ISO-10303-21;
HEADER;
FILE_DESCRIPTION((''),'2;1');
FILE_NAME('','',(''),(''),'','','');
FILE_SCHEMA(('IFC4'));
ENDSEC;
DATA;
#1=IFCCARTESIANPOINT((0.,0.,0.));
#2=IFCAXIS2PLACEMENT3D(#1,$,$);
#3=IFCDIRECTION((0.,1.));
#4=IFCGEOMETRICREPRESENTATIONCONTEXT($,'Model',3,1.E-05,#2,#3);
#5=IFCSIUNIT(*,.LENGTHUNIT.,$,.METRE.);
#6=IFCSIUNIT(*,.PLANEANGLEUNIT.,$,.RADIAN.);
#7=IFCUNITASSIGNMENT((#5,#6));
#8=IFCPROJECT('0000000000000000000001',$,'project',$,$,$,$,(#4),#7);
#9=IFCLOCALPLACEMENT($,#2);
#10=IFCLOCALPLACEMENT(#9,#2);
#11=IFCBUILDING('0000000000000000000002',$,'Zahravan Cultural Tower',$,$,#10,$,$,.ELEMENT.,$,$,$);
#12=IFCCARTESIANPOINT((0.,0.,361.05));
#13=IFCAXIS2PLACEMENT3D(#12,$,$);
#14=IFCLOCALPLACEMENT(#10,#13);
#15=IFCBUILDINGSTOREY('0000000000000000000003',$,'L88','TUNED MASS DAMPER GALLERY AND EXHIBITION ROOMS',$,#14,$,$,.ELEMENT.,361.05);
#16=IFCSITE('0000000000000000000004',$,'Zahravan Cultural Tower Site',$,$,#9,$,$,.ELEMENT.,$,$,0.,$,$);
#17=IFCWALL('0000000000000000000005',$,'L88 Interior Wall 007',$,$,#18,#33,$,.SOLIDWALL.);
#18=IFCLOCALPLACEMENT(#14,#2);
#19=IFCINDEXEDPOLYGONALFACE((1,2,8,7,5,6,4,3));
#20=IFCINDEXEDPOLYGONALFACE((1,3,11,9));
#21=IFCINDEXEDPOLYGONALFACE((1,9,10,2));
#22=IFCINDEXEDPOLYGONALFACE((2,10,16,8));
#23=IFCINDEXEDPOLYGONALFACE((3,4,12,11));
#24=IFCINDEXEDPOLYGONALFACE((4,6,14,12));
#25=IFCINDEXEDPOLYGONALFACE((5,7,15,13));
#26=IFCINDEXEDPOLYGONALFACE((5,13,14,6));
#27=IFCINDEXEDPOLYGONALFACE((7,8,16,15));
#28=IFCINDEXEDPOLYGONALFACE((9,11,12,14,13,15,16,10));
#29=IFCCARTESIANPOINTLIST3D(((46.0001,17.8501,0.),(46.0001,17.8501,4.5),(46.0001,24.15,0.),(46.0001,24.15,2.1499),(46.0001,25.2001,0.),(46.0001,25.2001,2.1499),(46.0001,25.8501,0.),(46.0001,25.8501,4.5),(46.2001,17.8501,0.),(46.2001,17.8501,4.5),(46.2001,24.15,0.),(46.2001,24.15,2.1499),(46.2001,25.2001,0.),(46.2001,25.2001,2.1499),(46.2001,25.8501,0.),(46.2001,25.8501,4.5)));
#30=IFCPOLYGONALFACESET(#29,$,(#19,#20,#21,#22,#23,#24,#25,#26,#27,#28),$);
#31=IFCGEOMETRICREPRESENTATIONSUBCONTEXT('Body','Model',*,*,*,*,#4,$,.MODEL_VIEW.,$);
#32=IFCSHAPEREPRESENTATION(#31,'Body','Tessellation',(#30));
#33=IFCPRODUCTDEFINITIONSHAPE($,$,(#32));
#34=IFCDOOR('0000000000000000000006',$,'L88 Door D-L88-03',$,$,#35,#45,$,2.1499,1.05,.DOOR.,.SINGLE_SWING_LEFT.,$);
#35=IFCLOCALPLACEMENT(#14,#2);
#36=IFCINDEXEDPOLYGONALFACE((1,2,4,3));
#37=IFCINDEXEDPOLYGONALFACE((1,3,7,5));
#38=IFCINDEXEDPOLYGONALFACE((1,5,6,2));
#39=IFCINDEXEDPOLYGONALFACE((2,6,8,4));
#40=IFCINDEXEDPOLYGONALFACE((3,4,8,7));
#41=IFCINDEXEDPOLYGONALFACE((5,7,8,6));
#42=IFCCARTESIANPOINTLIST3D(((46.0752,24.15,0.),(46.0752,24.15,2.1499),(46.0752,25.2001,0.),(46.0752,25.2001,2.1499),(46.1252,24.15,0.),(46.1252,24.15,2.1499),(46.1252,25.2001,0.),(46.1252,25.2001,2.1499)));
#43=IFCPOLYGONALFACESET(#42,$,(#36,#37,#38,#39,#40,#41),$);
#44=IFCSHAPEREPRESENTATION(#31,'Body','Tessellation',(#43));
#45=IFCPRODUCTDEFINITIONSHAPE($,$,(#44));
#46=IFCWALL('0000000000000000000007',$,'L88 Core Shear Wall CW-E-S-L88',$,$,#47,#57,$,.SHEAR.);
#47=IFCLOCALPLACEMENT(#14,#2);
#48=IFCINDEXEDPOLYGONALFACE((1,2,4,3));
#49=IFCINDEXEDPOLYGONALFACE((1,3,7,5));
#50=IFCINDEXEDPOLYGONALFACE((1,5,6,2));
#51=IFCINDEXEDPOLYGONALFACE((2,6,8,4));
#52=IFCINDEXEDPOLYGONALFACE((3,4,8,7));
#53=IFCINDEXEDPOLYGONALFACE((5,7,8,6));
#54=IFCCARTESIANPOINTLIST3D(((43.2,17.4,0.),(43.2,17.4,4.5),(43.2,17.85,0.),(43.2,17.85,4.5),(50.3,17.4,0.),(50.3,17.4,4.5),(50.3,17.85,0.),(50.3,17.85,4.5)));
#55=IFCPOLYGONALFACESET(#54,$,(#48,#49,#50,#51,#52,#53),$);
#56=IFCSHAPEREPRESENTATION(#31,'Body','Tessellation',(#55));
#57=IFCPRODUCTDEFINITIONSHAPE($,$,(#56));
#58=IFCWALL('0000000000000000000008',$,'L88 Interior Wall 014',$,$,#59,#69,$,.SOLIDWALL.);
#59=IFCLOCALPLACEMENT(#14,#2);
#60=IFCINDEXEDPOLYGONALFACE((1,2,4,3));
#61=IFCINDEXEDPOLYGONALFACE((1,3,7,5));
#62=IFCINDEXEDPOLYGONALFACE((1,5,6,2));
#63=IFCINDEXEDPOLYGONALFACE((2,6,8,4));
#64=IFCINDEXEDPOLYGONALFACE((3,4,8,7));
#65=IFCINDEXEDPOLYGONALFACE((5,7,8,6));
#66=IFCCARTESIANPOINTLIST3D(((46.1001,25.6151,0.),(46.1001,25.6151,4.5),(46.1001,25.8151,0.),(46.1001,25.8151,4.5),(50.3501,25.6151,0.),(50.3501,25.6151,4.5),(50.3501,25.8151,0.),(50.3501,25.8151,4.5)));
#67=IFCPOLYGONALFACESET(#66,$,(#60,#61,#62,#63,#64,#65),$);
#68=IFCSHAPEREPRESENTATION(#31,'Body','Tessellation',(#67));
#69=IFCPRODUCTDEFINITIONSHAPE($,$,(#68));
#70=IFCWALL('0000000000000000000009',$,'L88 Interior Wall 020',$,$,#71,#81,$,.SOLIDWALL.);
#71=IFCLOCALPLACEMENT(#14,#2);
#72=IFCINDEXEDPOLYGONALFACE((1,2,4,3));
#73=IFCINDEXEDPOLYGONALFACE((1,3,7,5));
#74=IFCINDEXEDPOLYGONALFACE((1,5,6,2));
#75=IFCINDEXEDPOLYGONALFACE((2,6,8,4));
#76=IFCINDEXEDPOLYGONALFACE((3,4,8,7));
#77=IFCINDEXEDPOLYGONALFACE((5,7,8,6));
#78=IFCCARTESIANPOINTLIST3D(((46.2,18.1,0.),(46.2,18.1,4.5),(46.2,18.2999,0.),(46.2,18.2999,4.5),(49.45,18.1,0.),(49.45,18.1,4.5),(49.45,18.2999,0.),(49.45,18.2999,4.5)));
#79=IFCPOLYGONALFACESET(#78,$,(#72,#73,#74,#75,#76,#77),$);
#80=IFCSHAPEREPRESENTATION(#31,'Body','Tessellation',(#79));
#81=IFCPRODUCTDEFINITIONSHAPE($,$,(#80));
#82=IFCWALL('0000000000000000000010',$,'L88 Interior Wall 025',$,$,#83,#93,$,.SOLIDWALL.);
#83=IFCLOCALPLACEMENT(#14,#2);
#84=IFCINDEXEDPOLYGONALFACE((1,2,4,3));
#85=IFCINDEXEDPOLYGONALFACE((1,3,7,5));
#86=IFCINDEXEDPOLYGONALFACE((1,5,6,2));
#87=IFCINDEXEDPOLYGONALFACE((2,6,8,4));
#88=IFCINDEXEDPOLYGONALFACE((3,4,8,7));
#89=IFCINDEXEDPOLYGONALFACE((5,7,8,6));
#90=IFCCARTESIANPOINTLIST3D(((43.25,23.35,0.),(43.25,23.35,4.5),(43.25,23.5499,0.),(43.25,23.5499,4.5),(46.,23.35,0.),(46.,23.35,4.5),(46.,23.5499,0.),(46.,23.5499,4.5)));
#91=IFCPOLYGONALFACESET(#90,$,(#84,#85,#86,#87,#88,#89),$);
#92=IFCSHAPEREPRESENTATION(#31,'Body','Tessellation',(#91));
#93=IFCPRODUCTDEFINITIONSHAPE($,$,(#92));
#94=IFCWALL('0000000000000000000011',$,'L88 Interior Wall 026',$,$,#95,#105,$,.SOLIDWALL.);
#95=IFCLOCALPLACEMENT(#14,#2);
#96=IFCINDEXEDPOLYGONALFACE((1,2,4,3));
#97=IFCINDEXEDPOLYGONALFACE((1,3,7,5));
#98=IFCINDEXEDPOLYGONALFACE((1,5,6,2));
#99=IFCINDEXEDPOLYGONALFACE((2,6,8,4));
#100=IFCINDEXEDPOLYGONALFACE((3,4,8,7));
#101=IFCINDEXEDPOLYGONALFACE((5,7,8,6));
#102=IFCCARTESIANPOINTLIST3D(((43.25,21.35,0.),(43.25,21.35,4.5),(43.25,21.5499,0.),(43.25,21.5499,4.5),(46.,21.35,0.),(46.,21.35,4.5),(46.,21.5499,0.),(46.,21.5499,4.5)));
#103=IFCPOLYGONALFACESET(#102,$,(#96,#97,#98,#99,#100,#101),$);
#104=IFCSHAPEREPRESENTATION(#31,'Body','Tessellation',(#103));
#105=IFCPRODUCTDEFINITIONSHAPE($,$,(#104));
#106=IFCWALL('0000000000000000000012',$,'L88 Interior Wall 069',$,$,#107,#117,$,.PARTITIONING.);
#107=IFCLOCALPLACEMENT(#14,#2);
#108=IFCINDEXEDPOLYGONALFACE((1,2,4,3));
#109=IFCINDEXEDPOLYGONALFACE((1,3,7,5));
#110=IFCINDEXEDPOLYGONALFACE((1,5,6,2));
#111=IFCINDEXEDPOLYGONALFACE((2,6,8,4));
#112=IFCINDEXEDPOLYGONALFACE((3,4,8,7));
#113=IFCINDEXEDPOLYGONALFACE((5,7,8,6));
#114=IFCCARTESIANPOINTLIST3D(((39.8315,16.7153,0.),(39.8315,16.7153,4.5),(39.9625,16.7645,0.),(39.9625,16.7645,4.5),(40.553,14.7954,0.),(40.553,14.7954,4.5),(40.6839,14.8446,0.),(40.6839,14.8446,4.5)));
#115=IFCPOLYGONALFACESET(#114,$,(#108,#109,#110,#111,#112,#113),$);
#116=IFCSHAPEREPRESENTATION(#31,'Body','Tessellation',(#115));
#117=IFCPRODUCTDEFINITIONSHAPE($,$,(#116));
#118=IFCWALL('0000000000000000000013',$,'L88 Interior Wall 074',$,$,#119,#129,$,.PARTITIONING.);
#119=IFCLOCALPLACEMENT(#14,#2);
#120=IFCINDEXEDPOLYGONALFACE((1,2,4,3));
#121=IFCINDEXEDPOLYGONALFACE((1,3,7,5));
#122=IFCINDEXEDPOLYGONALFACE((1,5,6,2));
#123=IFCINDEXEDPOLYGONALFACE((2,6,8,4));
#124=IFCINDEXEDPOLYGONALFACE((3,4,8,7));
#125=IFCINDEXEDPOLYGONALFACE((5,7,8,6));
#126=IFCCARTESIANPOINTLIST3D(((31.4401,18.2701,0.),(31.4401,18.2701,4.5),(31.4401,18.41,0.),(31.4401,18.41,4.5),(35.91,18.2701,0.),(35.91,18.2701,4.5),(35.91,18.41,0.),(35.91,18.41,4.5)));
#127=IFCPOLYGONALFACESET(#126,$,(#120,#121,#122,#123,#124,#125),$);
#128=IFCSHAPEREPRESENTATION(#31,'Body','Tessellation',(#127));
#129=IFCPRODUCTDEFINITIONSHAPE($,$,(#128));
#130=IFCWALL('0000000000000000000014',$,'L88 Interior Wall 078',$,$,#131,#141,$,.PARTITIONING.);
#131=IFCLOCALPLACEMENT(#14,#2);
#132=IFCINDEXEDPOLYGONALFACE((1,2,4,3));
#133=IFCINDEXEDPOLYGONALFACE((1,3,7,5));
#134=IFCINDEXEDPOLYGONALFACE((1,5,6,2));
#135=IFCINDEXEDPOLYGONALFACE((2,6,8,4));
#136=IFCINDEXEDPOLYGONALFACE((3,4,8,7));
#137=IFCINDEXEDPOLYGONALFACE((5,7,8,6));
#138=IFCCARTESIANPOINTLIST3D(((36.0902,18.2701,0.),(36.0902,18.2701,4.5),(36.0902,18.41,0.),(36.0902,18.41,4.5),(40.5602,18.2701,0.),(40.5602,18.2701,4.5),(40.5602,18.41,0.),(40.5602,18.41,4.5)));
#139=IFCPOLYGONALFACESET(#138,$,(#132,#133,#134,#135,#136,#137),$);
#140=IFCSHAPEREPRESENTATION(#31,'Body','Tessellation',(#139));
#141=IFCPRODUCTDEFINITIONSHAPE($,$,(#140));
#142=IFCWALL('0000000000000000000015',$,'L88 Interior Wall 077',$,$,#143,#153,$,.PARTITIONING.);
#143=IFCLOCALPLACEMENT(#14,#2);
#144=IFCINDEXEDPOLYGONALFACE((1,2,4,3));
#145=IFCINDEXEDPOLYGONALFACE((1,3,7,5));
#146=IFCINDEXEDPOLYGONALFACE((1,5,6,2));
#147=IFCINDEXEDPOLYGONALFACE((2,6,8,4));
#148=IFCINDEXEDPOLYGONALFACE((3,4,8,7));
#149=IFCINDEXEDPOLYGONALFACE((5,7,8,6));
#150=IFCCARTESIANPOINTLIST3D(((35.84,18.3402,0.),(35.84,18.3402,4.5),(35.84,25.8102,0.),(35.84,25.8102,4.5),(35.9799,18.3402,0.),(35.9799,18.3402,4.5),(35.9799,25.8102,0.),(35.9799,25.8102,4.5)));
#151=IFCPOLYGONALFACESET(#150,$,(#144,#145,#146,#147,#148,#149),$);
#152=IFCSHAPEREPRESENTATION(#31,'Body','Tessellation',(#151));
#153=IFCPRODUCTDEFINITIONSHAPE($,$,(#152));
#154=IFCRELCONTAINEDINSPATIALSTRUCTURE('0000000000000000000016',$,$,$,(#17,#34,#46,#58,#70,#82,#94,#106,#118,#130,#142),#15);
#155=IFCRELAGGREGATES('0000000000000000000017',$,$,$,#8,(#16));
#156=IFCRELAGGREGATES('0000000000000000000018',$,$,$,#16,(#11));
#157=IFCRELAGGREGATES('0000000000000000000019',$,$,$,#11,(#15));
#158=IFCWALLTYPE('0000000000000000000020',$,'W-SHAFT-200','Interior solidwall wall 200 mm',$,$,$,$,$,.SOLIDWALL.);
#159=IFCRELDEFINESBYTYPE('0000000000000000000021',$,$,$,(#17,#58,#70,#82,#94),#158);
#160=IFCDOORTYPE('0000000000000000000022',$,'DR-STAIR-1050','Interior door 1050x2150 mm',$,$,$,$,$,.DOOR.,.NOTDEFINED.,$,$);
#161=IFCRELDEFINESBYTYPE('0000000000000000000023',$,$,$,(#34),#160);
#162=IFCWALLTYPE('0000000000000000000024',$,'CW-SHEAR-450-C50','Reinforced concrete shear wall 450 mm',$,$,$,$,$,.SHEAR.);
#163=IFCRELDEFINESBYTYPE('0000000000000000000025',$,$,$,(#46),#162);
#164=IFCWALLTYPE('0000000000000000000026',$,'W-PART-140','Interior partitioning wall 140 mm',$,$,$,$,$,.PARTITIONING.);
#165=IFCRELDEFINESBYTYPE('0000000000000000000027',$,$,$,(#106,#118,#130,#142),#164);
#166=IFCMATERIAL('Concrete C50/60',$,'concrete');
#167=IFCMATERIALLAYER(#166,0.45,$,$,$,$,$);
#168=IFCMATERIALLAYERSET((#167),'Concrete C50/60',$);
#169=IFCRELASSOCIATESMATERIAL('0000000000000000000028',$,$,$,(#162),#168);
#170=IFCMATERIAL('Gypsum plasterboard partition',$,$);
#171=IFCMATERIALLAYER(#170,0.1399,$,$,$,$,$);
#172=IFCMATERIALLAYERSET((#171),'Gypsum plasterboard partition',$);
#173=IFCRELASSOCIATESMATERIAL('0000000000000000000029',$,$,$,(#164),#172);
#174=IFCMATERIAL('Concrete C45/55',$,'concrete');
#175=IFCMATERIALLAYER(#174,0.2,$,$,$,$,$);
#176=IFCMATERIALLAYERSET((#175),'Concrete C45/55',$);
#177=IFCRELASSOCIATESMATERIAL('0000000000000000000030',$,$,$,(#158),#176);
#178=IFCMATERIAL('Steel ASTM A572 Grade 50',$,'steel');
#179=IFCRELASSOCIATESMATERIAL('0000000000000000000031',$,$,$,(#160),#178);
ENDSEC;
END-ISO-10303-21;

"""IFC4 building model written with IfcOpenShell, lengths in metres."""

from ifc_helpers import new_model, si_unit, direction, frame, frame_2d, origin, place, context, subcontext, project, spatial, rectangle, extrude, source, transform, mapped, material, layer, layer_set, type_object, element, fill, save


model = new_model("IFC4")

# Units and contexts
model_context = context("Model", 3, precision=1e-05, world=origin(), true_north=direction((0.0, 1.0)))
body_context = subcontext(model_context, "Body", "Model", "MODEL_VIEW")
ifc_project = project(units=[si_unit("LENGTHUNIT", "METRE"), si_unit("PLANEANGLEUNIT", "RADIAN")], contexts=[model_context])

# Site, building, storey
site_placement = place(None, origin())
site = spatial("IfcSite", under=ifc_project, at=site_placement, Name="Zahravan Cultural Tower Site", CompositionType="ELEMENT", RefElevation=0.0)
building_placement = place(site_placement, origin())
building = spatial("IfcBuilding", under=site, at=building_placement, Name="Zahravan Cultural Tower", CompositionType="ELEMENT")
storey_placement = place(building_placement, frame((0.0, 0.0, 361.05)))
storey = spatial("IfcBuildingStorey", under=building, at=storey_placement, Name="L88", Description="TUNED MASS DAMPER GALLERY AND EXHIBITION ROOMS", CompositionType="ELEMENT", Elevation=361.05)

# Shared definitions
ifc_material_1 = material(Name="Concrete C50/60", Category="concrete")

# Shared definitions
ifc_layer_1 = layer(ifc_material_1, 0.45)
ifc_layer_set_1 = layer_set([ifc_layer_1], Name="Concrete C50/60")
wall_type_1 = type_object("IfcWallType", Name="CW-SHEAR-450-C50", Description="Reinforced concrete shear wall 450 mm", PredefinedType="SHEAR", material=ifc_layer_set_1)
ifc_material_2 = material(Name="Steel ASTM A572 Grade 50", Category="steel")

# Wall, opening, door
ifc_material_3 = material(Name="Gypsum plasterboard partition")
ifc_layer_2 = layer(ifc_material_3, 0.1399)
ifc_layer_set_2 = layer_set([ifc_layer_2], Name="Gypsum plasterboard partition")
wall_type_2 = type_object("IfcWallType", Name="W-PART-140", Description="Interior partitioning wall 140 mm", PredefinedType="PARTITIONING", material=ifc_layer_set_2)
ifc_material_4 = material(Name="Concrete C45/55", Category="concrete")
ifc_layer_3 = layer(ifc_material_4, 0.2)
ifc_layer_set_3 = layer_set([ifc_layer_3], Name="Concrete C45/55")
wall_type_3 = type_object("IfcWallType", Name="W-SHAFT-200", Description="Interior solidwall wall 200 mm", PredefinedType="SOLIDWALL", material=ifc_layer_set_3)
wall_1_placement = place(storey_placement, frame((46.1001, 17.8501, 0.0), z_axis=(0.0, 0.0, 1.0), x_axis=(0.0, 1.0, 0.0)))
wall_1 = element("IfcWall", 1, at=wall_1_placement, inside=storey, type_object=wall_type_3, Name="L88 Interior Wall 007", PredefinedType="SOLIDWALL", context=body_context, shape_type="SweptSolid", body=[
    extrude(rectangle(XDim=8.0, YDim=0.2, at=frame_2d((4.0, 0.0))), origin(), (0.0, 0.0, 1.0), 4.5),
])
opening_1_placement = place(wall_1_placement, frame((6.3, 0.0, 0.0)))
opening_1 = element("IfcOpeningElement", 2, at=opening_1_placement, cuts=wall_1, PredefinedType="OPENING", context=body_context, shape_type="SweptSolid", body=[
    extrude(rectangle(XDim=1.05, YDim=2.1499, at=frame_2d((0.5249, 1.075))), frame((0.0, 0.1099, 0.0), z_axis=(0.0, -1.0, 0.0), x_axis=(1.0, 0.0, 0.0)), (0.0, 0.0, 1.0), 0.22),
])
door_type_1 = type_object("IfcDoorType", Name="DR-STAIR-1050", Description="Interior door 1050x2150 mm", OperationType="NOTDEFINED", PredefinedType="DOOR", material=ifc_material_2)
shared_shape_1 = source(origin(), body_context, "Body", "SweptSolid", [
    extrude(rectangle(XDim=1.05, YDim=2.1499, at=frame_2d((0.5249, 1.075))), frame((0.0, 0.0249, 0.0), z_axis=(0.0, -1.0, 0.0), x_axis=(1.0, 0.0, 0.0)), (0.0, 0.0, 1.0), 0.05),
])
door_1_placement = place(opening_1_placement, origin())
door_1 = element("IfcDoor", 3, at=door_1_placement, inside=storey, type_object=door_type_1, Name="L88 Door D-L88-03", OperationType="SINGLE_SWING_LEFT", OverallHeight=2.1499, OverallWidth=1.05, PredefinedType="DOOR", context=body_context, shape_type="MappedRepresentation", body=[
    mapped(shared_shape_1, transform((0.0, 0.0, 0.0), x_axis=(1.0, 0.0, 0.0), y_axis=(0.0, 1.0, 0.0), z_axis=(0.0, 0.0, 1.0), scale=1.0)),
])
fill(opening_1, door_1)

# Walls
shared_shape_2 = source(origin(), body_context, "Body", "SweptSolid", [
    extrude(rectangle(XDim=7.1001, YDim=0.45, at=frame_2d((3.55, 0.0))), origin(), (0.0, 0.0, 1.0), 4.5),
])
wall_2_placement = place(storey_placement, frame((43.2, 17.625, 0.0), z_axis=(0.0, 0.0, 1.0), x_axis=(1.0, 0.0, 0.0)))
element("IfcWall", 4, at=wall_2_placement, inside=storey, type_object=wall_type_1, Name="L88 Core Shear Wall CW-E-S-L88", PredefinedType="SHEAR", context=body_context, shape_type="MappedRepresentation", body=[
    mapped(shared_shape_2, transform((0.0, 0.0, 0.0), x_axis=(1.0, 0.0, 0.0), y_axis=(0.0, 1.0, 0.0), z_axis=(0.0, 0.0, 1.0), scale=1.0)),
])
shared_shape_3 = source(origin(), body_context, "Body", "SweptSolid", [
    extrude(rectangle(XDim=4.25, YDim=0.2, at=frame_2d((2.125, 0.0))), origin(), (0.0, 0.0, 1.0), 4.5),
])
wall_3_placement = place(storey_placement, frame((46.1001, 25.7151, 0.0), z_axis=(0.0, 0.0, 1.0), x_axis=(1.0, 0.0, 0.0)))
element("IfcWall", 5, at=wall_3_placement, inside=storey, type_object=wall_type_3, Name="L88 Interior Wall 014", PredefinedType="SOLIDWALL", context=body_context, shape_type="MappedRepresentation", body=[
    mapped(shared_shape_3, transform((0.0, 0.0, 0.0), x_axis=(1.0, 0.0, 0.0), y_axis=(0.0, 1.0, 0.0), z_axis=(0.0, 0.0, 1.0), scale=1.0)),
])
shared_shape_4 = source(origin(), body_context, "Body", "SweptSolid", [
    extrude(rectangle(XDim=3.25, YDim=0.2, at=frame_2d((1.625, 0.0))), origin(), (0.0, 0.0, 1.0), 4.5),
])
wall_4_placement = place(storey_placement, frame((46.2, 18.2, 0.0), z_axis=(0.0, 0.0, 1.0), x_axis=(1.0, 0.0, 0.0)))
element("IfcWall", 6, at=wall_4_placement, inside=storey, type_object=wall_type_3, Name="L88 Interior Wall 020", PredefinedType="SOLIDWALL", context=body_context, shape_type="MappedRepresentation", body=[
    mapped(shared_shape_4, transform((0.0, 0.0, 0.0), x_axis=(1.0, 0.0, 0.0), y_axis=(0.0, 1.0, 0.0), z_axis=(0.0, 0.0, 1.0), scale=1.0)),
])
shared_shape_5 = source(origin(), body_context, "Body", "SweptSolid", [
    extrude(rectangle(XDim=2.75, YDim=0.2, at=frame_2d((1.375, 0.0))), origin(), (0.0, 0.0, 1.0), 4.5),
])
for number, where, z_axis, x_axis, name in (
    (7, (43.25, 23.45, 0.0), (0.0, 0.0, 1.0), (1.0, 0.0, 0.0), "L88 Interior Wall 025"),
    (8, (43.25, 21.45, 0.0), (0.0, 0.0, 1.0), (1.0, 0.0, 0.0), "L88 Interior Wall 026"),
):
    element("IfcWall", number, at=place(storey_placement, frame(where, z_axis=z_axis, x_axis=x_axis)), inside=storey, type_object=wall_type_3, Name=name, PredefinedType="SOLIDWALL", context=body_context, shape_type="MappedRepresentation", body=[
        mapped(shared_shape_5, transform((0.0, 0.0, 0.0), x_axis=(1.0, 0.0, 0.0), y_axis=(0.0, 1.0, 0.0), z_axis=(0.0, 0.0, 1.0), scale=1.0)),
    ])
shared_shape_6 = source(origin(), body_context, "Body", "SweptSolid", [
    extrude(rectangle(XDim=2.051, YDim=0.1399, at=frame_2d((1.0254, 0.0))), origin(), (0.0, 0.0, 1.0), 4.5),
])
wall_5_placement = place(storey_placement, frame((40.6184, 14.8201, 0.0), z_axis=(0.0, 0.0, 1.0), x_axis=(-0.35175, 0.936094, 0.0)))
element("IfcWall", 9, at=wall_5_placement, inside=storey, type_object=wall_type_2, Name="L88 Interior Wall 069", PredefinedType="PARTITIONING", context=body_context, shape_type="MappedRepresentation", body=[
    mapped(shared_shape_6, transform((0.0, 0.0, 0.0), x_axis=(1.0, 0.0, 0.0), y_axis=(0.0, 1.0, 0.0), z_axis=(0.0, 0.0, 1.0), scale=1.0)),
])
shared_shape_7 = source(origin(), body_context, "Body", "SweptSolid", [
    extrude(rectangle(XDim=4.47, YDim=0.1399, at=frame_2d((2.2349, 0.0))), origin(), (0.0, 0.0, 1.0), 4.5),
])
for number, where, z_axis, x_axis, name in (
    (10, (35.9099, 18.3401, 0.0), (0.0, 0.0, 1.0), (-1.0, 0.0, 0.0), "L88 Interior Wall 074"),
    (11, (40.5601, 18.3401, 0.0), (0.0, 0.0, 1.0), (-1.0, 0.0, 0.0), "L88 Interior Wall 078"),
):
    element("IfcWall", number, at=place(storey_placement, frame(where, z_axis=z_axis, x_axis=x_axis)), inside=storey, type_object=wall_type_2, Name=name, PredefinedType="PARTITIONING", context=body_context, shape_type="MappedRepresentation", body=[
        mapped(shared_shape_7, transform((0.0, 0.0, 0.0), x_axis=(1.0, 0.0, 0.0), y_axis=(0.0, 1.0, 0.0), z_axis=(0.0, 0.0, 1.0), scale=1.0)),
    ])
shared_shape_8 = source(origin(), body_context, "Body", "SweptSolid", [
    extrude(rectangle(XDim=7.47, YDim=0.1399, at=frame_2d((3.7349, 0.0))), origin(), (0.0, 0.0, 1.0), 4.5),
])
wall_6_placement = place(storey_placement, frame((35.9099, 25.8101, 0.0), z_axis=(0.0, 0.0, 1.0), x_axis=(0.0, -1.0, 0.0)))
element("IfcWall", 12, at=wall_6_placement, inside=storey, type_object=wall_type_2, Name="L88 Interior Wall 077", PredefinedType="PARTITIONING", context=body_context, shape_type="MappedRepresentation", body=[
    mapped(shared_shape_8, transform((0.0, 0.0, 0.0), x_axis=(1.0, 0.0, 0.0), y_axis=(0.0, 1.0, 0.0), z_axis=(0.0, 0.0, 1.0), scale=1.0)),
])

save(model, "model.ifc")
